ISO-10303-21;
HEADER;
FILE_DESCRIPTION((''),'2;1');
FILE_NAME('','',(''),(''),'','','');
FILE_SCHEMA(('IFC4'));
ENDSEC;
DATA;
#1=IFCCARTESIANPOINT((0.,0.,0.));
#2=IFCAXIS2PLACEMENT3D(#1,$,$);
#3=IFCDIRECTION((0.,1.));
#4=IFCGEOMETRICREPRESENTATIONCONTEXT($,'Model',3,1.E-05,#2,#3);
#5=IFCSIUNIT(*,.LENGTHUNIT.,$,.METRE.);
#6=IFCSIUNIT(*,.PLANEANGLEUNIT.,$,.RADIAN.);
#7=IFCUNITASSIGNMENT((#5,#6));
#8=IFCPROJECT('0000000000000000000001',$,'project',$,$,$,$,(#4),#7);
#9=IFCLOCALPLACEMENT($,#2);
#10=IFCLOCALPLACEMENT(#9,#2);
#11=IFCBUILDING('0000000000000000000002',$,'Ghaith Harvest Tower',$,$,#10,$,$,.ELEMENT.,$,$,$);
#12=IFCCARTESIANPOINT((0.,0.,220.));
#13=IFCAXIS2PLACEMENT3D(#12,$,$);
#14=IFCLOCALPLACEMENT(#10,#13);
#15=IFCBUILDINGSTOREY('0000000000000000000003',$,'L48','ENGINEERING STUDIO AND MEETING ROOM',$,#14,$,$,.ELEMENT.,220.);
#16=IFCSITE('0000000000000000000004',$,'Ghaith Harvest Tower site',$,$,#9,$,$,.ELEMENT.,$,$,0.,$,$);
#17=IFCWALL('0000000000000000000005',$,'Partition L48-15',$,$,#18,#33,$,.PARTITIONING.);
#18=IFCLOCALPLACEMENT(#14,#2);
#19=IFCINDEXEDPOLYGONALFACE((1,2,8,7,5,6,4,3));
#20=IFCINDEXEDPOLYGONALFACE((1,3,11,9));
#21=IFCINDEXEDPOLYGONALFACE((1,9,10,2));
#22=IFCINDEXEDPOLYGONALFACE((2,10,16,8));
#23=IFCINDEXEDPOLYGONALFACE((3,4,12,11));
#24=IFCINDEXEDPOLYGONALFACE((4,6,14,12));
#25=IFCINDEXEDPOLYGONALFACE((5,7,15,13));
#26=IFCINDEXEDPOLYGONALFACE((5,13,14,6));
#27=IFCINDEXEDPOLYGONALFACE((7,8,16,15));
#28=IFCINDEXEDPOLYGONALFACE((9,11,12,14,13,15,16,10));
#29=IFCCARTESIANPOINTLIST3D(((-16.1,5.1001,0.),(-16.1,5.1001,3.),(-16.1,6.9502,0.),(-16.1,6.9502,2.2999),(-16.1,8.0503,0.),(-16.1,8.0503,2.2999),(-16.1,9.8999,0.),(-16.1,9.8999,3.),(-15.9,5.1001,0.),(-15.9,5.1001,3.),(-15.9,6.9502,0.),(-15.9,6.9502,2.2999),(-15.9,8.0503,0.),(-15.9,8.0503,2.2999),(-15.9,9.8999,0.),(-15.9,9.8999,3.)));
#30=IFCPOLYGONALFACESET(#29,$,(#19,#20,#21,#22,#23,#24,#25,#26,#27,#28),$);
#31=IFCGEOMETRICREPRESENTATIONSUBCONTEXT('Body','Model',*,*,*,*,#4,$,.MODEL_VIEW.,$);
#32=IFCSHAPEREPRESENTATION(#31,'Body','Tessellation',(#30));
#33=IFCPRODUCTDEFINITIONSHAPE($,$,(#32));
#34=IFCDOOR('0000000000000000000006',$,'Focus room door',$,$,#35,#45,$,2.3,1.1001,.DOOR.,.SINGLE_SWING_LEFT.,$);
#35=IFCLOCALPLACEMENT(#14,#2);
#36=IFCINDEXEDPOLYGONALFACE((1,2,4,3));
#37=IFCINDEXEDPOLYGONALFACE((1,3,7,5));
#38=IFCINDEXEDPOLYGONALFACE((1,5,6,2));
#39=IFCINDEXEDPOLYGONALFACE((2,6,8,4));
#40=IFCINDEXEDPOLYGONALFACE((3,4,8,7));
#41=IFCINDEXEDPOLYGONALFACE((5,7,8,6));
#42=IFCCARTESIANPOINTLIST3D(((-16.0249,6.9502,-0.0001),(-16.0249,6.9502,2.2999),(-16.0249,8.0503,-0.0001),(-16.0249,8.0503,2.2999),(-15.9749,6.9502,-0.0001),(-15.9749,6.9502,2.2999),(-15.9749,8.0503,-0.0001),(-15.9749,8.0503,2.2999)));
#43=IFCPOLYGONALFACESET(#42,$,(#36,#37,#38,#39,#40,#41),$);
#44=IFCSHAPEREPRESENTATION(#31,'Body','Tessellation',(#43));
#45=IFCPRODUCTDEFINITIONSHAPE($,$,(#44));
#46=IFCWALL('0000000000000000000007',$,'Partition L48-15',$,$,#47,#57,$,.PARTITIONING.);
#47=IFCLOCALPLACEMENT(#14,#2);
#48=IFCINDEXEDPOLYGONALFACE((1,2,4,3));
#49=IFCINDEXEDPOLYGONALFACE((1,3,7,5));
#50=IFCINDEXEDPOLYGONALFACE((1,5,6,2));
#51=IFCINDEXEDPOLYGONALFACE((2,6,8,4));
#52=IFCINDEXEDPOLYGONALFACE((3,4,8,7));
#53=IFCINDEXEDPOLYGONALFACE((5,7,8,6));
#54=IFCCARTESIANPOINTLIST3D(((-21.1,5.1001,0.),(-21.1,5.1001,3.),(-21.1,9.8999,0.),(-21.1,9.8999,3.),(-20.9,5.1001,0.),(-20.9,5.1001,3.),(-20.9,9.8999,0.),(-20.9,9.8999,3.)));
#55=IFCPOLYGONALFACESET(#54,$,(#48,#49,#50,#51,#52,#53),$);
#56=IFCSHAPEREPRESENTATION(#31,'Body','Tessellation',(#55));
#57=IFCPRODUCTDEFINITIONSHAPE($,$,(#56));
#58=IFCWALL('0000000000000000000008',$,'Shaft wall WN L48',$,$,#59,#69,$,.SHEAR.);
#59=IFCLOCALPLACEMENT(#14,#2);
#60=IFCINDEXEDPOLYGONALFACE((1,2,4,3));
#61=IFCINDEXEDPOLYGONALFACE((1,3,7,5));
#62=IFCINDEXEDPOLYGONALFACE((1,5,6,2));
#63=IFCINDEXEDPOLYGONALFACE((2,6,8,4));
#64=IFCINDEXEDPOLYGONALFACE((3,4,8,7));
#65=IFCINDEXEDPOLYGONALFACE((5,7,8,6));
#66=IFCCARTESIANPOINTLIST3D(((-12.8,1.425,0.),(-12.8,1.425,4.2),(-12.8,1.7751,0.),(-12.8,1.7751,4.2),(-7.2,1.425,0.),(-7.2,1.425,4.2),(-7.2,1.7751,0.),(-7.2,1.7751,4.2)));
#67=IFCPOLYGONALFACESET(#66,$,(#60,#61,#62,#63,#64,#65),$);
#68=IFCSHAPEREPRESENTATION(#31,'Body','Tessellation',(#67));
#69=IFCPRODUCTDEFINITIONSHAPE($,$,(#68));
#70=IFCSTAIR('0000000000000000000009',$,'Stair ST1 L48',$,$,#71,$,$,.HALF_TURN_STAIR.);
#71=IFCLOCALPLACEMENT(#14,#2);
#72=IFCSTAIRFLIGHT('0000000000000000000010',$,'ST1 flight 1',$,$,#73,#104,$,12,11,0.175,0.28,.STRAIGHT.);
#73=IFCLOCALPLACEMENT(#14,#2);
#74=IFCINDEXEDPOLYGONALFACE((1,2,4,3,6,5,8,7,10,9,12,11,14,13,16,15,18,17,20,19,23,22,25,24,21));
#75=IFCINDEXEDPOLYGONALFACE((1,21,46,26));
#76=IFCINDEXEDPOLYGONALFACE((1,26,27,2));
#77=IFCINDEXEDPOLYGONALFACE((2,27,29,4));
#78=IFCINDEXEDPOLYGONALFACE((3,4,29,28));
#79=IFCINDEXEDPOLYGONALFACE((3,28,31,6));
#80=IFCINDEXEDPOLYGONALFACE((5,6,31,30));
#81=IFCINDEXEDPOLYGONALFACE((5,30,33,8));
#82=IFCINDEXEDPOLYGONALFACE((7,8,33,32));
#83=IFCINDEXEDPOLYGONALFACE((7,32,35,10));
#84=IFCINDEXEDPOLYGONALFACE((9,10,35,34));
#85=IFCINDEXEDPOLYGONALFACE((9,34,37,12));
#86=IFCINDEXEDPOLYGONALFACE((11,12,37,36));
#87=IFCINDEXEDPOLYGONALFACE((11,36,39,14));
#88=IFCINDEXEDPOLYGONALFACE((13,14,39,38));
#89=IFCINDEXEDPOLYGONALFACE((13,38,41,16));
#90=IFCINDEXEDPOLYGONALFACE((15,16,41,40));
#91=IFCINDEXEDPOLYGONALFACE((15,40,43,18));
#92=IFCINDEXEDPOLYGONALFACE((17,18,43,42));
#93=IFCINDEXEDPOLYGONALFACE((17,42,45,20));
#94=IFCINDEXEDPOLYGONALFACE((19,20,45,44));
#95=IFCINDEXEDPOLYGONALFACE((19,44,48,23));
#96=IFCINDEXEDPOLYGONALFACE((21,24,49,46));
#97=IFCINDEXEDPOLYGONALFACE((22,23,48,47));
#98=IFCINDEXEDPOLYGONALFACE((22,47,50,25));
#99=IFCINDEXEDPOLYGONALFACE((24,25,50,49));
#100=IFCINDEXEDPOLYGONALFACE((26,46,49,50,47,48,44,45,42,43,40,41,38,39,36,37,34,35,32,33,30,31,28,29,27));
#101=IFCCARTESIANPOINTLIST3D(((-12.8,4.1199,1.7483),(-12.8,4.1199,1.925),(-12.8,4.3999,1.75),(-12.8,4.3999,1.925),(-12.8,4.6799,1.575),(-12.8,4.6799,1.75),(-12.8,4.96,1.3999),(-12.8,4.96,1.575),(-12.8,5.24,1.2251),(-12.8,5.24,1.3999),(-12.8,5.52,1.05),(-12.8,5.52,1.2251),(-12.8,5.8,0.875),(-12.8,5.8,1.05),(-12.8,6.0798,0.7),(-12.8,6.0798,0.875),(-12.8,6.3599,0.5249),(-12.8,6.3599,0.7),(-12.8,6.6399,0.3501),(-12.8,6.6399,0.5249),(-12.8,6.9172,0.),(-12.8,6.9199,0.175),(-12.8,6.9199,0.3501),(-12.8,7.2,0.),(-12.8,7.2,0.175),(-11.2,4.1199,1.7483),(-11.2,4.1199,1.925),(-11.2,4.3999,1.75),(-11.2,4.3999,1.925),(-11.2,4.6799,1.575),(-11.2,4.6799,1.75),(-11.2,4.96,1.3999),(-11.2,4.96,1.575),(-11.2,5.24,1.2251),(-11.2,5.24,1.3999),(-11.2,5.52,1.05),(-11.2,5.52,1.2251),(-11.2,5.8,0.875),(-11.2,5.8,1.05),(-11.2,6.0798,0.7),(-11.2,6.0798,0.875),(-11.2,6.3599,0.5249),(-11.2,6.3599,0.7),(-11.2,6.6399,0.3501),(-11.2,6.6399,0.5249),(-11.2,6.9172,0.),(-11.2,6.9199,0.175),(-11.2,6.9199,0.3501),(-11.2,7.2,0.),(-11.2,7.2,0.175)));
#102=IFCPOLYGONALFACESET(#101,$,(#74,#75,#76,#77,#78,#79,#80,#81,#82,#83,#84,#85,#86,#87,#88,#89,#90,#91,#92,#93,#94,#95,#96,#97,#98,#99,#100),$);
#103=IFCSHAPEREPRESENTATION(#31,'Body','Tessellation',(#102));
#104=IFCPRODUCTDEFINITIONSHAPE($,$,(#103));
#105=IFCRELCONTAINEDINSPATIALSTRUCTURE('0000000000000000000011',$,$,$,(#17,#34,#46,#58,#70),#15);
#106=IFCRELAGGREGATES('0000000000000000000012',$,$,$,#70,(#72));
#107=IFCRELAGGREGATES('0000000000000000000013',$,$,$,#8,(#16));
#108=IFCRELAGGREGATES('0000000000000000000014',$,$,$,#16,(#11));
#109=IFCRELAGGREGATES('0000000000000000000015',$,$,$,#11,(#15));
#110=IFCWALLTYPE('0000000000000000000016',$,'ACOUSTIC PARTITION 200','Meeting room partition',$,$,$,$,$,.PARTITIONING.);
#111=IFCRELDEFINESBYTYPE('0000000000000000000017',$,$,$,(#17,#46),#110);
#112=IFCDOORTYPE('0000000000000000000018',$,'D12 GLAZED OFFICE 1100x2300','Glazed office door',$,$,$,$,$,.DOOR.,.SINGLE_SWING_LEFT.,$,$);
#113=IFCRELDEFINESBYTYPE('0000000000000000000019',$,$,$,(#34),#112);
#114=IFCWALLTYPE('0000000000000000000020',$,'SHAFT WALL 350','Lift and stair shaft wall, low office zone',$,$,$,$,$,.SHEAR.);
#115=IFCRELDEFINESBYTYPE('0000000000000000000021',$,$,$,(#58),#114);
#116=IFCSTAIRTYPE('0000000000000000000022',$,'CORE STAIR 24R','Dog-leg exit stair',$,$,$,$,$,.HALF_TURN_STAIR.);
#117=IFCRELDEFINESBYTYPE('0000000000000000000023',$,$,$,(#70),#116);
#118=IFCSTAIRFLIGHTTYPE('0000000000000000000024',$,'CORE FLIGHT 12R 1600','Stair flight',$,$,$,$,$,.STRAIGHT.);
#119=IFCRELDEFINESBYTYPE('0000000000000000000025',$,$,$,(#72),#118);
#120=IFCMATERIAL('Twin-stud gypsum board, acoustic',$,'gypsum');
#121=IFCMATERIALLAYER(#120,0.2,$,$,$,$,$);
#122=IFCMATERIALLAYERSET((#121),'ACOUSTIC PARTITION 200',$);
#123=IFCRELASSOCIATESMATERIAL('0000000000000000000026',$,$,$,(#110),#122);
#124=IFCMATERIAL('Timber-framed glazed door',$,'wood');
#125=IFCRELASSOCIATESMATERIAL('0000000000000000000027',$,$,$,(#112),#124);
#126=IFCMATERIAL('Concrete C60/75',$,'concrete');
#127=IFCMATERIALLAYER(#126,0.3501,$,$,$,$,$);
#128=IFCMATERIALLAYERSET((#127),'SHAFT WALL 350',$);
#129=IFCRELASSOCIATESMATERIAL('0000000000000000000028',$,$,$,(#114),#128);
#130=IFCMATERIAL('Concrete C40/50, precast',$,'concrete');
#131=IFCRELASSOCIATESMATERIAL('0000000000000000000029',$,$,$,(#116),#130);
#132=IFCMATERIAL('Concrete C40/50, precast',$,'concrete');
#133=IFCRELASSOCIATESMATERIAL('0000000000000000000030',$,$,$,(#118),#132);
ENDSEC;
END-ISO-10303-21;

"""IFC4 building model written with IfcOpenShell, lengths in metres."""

from ifc_helpers import new_model, si_unit, direction, frame, frame_2d, origin, place, context, subcontext, project, spatial, polyline, rectangle, outline, extrude, material, layer, layer_set, type_object, element, fill, aggregate, save


model = new_model("IFC4")

# Units and contexts
model_context = context("Model", 3, precision=1e-05, world=origin(), true_north=direction((0.0, 1.0)))
body_context = subcontext(model_context, "Body", "Model", "MODEL_VIEW")
ifc_project = project(units=[si_unit("LENGTHUNIT", "METRE"), si_unit("PLANEANGLEUNIT", "RADIAN")], contexts=[model_context])

# Site, building, storey
site_placement = place(None, origin())
site = spatial("IfcSite", under=ifc_project, at=site_placement, Name="Ghaith Harvest Tower site", CompositionType="ELEMENT", RefElevation=0.0)
building_placement = place(site_placement, origin())
building = spatial("IfcBuilding", under=site, at=building_placement, Name="Ghaith Harvest Tower", CompositionType="ELEMENT")
storey_placement = place(building_placement, frame((0.0, 0.0, 220.0)))
storey = spatial("IfcBuildingStorey", under=building, at=storey_placement, Name="L48", Description="ENGINEERING STUDIO AND MEETING ROOM", CompositionType="ELEMENT", Elevation=220.0)

# Shared definitions
ifc_material_1 = material(Name="Twin-stud gypsum board, acoustic", Category="gypsum")
ifc_layer_1 = layer(ifc_material_1, 0.2)
ifc_layer_set_1 = layer_set([ifc_layer_1], Name="ACOUSTIC PARTITION 200")
wall_type_1 = type_object("IfcWallType", Name="ACOUSTIC PARTITION 200", Description="Meeting room partition", PredefinedType="PARTITIONING", material=ifc_layer_set_1)

# Wall, opening, door
wall_1_placement = place(storey_placement, frame((-16.0, 5.1001, 0.0), z_axis=(0.0, 0.0, 1.0), x_axis=(0.0, 1.0, 0.0)))
wall_1 = element("IfcWall", 1, at=wall_1_placement, inside=storey, type_object=wall_type_1, Name="Partition L48-15", PredefinedType="PARTITIONING", context=body_context, shape_type="SweptSolid", body=[
    extrude(rectangle(XDim=4.7998, YDim=0.2, at=frame_2d((2.3999, 0.0))), origin(), (0.0, 0.0, 1.0), 3.0),
])
opening_placement = place(wall_1_placement, frame((1.8501, 0.0, 0.0)))
opening = element("IfcOpeningElement", 2, at=opening_placement, cuts=wall_1, PredefinedType="OPENING", context=body_context, shape_type="SweptSolid", body=[
    extrude(rectangle(XDim=1.1001, YDim=2.3, at=frame_2d((0.55, 1.1499))), frame((0.0, 0.1099, 0.0), z_axis=(0.0, -1.0, 0.0), x_axis=(1.0, 0.0, 0.0)), (0.0, 0.0, 1.0), 0.22),
])
ifc_material_2 = material(Name="Timber-framed glazed door", Category="wood")
door_type = type_object("IfcDoorType", Name="D12 GLAZED OFFICE 1100x2300", Description="Glazed office door", OperationType="SINGLE_SWING_LEFT", PredefinedType="DOOR", material=ifc_material_2)
door_placement = place(opening_placement, origin())
door = element("IfcDoor", 3, at=door_placement, inside=storey, type_object=door_type, Name="Focus room door", OperationType="SINGLE_SWING_LEFT", OverallHeight=2.3, OverallWidth=1.1001, PredefinedType="DOOR", context=body_context, shape_type="SweptSolid", body=[
    extrude(rectangle(XDim=1.1001, YDim=2.3, at=frame_2d((0.55, 1.1499))), frame((0.0, 0.0249, 0.0), z_axis=(0.0, -1.0, 0.0), x_axis=(1.0, 0.0, 0.0)), (0.0, 0.0, 1.0), 0.05),
])
fill(opening, door)

# Walls
wall_2_placement = place(storey_placement, frame((-21.0, 5.1001, 0.0), z_axis=(0.0, 0.0, 1.0), x_axis=(0.0, 1.0, 0.0)))
element("IfcWall", 4, at=wall_2_placement, inside=storey, type_object=wall_type_1, Name="Partition L48-15", PredefinedType="PARTITIONING", context=body_context, shape_type="SweptSolid", body=[
    extrude(rectangle(XDim=4.7998, YDim=0.2, at=frame_2d((2.3999, 0.0))), origin(), (0.0, 0.0, 1.0), 3.0),
])
ifc_material_3 = material(Name="Concrete C60/75", Category="concrete")
ifc_layer_2 = layer(ifc_material_3, 0.3501)
ifc_layer_set_2 = layer_set([ifc_layer_2], Name="SHAFT WALL 350")
wall_type_2 = type_object("IfcWallType", Name="SHAFT WALL 350", Description="Lift and stair shaft wall, low office zone", PredefinedType="SHEAR", material=ifc_layer_set_2)
wall_3_placement = place(storey_placement, frame((-12.8, 1.6001, 0.0), z_axis=(0.0, 0.0, 1.0), x_axis=(1.0, 0.0, 0.0)))
element("IfcWall", 5, at=wall_3_placement, inside=storey, type_object=wall_type_2, Name="Shaft wall WN L48", PredefinedType="SHEAR", context=body_context, shape_type="SweptSolid", body=[
    extrude(rectangle(XDim=5.6001, YDim=0.3501, at=frame_2d((2.8, 0.0))), origin(), (0.0, 0.0, 1.0), 4.2),
])

# Stair, stair flight
ifc_material_4 = material(Name="Concrete C40/50, precast", Category="concrete")
stair_type = type_object("IfcStairType", Name="CORE STAIR 24R", Description="Dog-leg exit stair", PredefinedType="HALF_TURN_STAIR", material=ifc_material_4)
stair_placement = place(storey_placement, origin())
stair = element("IfcStair", 6, at=stair_placement, inside=storey, type_object=stair_type, Name="Stair ST1 L48", PredefinedType="HALF_TURN_STAIR")
ifc_material_5 = material(Name="Concrete C40/50, precast", Category="concrete")
stair_flight_type = type_object("IfcStairFlightType", Name="CORE FLIGHT 12R 1600", Description="Stair flight", PredefinedType="STRAIGHT", material=ifc_material_5)
stair_flight_placement = place(storey_placement, frame((-12.0, 7.2, 0.0), z_axis=(0.0, 0.0, 1.0), x_axis=(0.0, -1.0, 0.0)))
stair_flight = element("IfcStairFlight", 7, at=stair_flight_placement, type_object=stair_flight_type, Name="ST1 flight 1", NumberOfRisers=12, NumberOfTreads=11, PredefinedType="STRAIGHT", RiserHeight=0.175, TreadLength=0.28, context=body_context, shape_type="SweptSolid", body=[
    extrude(outline(polyline([(0.0, 0.0), (0.0, 0.175), (0.28, 0.175), (0.28, 0.3501), (0.5601, 0.3501), (0.5601, 0.5249), (0.8401, 0.5249), (0.8401, 0.7), (1.1201, 0.7), (1.1201, 0.875), (1.3999, 0.875), (1.3999, 1.05), (1.6799, 1.05), (1.6799, 1.2251), (1.96, 1.2251), (1.96, 1.3999), (2.24, 1.3999), (2.24, 1.575), (2.52, 1.575), (2.52, 1.75), (2.8, 1.75), (2.8, 1.925), (3.0801, 1.925), (3.0801, 2.1001), (3.0801, 1.7483), (0.2827, 0.0), (0.0, 0.0)])), frame((0.0, 0.8, 0.0), z_axis=(0.0, -1.0, 0.0), x_axis=(1.0, 0.0, 0.0)), (0.0, 0.0, 1.0), 1.6001),
])
aggregate(stair, [stair_flight])

save(model, "model.ifc")
